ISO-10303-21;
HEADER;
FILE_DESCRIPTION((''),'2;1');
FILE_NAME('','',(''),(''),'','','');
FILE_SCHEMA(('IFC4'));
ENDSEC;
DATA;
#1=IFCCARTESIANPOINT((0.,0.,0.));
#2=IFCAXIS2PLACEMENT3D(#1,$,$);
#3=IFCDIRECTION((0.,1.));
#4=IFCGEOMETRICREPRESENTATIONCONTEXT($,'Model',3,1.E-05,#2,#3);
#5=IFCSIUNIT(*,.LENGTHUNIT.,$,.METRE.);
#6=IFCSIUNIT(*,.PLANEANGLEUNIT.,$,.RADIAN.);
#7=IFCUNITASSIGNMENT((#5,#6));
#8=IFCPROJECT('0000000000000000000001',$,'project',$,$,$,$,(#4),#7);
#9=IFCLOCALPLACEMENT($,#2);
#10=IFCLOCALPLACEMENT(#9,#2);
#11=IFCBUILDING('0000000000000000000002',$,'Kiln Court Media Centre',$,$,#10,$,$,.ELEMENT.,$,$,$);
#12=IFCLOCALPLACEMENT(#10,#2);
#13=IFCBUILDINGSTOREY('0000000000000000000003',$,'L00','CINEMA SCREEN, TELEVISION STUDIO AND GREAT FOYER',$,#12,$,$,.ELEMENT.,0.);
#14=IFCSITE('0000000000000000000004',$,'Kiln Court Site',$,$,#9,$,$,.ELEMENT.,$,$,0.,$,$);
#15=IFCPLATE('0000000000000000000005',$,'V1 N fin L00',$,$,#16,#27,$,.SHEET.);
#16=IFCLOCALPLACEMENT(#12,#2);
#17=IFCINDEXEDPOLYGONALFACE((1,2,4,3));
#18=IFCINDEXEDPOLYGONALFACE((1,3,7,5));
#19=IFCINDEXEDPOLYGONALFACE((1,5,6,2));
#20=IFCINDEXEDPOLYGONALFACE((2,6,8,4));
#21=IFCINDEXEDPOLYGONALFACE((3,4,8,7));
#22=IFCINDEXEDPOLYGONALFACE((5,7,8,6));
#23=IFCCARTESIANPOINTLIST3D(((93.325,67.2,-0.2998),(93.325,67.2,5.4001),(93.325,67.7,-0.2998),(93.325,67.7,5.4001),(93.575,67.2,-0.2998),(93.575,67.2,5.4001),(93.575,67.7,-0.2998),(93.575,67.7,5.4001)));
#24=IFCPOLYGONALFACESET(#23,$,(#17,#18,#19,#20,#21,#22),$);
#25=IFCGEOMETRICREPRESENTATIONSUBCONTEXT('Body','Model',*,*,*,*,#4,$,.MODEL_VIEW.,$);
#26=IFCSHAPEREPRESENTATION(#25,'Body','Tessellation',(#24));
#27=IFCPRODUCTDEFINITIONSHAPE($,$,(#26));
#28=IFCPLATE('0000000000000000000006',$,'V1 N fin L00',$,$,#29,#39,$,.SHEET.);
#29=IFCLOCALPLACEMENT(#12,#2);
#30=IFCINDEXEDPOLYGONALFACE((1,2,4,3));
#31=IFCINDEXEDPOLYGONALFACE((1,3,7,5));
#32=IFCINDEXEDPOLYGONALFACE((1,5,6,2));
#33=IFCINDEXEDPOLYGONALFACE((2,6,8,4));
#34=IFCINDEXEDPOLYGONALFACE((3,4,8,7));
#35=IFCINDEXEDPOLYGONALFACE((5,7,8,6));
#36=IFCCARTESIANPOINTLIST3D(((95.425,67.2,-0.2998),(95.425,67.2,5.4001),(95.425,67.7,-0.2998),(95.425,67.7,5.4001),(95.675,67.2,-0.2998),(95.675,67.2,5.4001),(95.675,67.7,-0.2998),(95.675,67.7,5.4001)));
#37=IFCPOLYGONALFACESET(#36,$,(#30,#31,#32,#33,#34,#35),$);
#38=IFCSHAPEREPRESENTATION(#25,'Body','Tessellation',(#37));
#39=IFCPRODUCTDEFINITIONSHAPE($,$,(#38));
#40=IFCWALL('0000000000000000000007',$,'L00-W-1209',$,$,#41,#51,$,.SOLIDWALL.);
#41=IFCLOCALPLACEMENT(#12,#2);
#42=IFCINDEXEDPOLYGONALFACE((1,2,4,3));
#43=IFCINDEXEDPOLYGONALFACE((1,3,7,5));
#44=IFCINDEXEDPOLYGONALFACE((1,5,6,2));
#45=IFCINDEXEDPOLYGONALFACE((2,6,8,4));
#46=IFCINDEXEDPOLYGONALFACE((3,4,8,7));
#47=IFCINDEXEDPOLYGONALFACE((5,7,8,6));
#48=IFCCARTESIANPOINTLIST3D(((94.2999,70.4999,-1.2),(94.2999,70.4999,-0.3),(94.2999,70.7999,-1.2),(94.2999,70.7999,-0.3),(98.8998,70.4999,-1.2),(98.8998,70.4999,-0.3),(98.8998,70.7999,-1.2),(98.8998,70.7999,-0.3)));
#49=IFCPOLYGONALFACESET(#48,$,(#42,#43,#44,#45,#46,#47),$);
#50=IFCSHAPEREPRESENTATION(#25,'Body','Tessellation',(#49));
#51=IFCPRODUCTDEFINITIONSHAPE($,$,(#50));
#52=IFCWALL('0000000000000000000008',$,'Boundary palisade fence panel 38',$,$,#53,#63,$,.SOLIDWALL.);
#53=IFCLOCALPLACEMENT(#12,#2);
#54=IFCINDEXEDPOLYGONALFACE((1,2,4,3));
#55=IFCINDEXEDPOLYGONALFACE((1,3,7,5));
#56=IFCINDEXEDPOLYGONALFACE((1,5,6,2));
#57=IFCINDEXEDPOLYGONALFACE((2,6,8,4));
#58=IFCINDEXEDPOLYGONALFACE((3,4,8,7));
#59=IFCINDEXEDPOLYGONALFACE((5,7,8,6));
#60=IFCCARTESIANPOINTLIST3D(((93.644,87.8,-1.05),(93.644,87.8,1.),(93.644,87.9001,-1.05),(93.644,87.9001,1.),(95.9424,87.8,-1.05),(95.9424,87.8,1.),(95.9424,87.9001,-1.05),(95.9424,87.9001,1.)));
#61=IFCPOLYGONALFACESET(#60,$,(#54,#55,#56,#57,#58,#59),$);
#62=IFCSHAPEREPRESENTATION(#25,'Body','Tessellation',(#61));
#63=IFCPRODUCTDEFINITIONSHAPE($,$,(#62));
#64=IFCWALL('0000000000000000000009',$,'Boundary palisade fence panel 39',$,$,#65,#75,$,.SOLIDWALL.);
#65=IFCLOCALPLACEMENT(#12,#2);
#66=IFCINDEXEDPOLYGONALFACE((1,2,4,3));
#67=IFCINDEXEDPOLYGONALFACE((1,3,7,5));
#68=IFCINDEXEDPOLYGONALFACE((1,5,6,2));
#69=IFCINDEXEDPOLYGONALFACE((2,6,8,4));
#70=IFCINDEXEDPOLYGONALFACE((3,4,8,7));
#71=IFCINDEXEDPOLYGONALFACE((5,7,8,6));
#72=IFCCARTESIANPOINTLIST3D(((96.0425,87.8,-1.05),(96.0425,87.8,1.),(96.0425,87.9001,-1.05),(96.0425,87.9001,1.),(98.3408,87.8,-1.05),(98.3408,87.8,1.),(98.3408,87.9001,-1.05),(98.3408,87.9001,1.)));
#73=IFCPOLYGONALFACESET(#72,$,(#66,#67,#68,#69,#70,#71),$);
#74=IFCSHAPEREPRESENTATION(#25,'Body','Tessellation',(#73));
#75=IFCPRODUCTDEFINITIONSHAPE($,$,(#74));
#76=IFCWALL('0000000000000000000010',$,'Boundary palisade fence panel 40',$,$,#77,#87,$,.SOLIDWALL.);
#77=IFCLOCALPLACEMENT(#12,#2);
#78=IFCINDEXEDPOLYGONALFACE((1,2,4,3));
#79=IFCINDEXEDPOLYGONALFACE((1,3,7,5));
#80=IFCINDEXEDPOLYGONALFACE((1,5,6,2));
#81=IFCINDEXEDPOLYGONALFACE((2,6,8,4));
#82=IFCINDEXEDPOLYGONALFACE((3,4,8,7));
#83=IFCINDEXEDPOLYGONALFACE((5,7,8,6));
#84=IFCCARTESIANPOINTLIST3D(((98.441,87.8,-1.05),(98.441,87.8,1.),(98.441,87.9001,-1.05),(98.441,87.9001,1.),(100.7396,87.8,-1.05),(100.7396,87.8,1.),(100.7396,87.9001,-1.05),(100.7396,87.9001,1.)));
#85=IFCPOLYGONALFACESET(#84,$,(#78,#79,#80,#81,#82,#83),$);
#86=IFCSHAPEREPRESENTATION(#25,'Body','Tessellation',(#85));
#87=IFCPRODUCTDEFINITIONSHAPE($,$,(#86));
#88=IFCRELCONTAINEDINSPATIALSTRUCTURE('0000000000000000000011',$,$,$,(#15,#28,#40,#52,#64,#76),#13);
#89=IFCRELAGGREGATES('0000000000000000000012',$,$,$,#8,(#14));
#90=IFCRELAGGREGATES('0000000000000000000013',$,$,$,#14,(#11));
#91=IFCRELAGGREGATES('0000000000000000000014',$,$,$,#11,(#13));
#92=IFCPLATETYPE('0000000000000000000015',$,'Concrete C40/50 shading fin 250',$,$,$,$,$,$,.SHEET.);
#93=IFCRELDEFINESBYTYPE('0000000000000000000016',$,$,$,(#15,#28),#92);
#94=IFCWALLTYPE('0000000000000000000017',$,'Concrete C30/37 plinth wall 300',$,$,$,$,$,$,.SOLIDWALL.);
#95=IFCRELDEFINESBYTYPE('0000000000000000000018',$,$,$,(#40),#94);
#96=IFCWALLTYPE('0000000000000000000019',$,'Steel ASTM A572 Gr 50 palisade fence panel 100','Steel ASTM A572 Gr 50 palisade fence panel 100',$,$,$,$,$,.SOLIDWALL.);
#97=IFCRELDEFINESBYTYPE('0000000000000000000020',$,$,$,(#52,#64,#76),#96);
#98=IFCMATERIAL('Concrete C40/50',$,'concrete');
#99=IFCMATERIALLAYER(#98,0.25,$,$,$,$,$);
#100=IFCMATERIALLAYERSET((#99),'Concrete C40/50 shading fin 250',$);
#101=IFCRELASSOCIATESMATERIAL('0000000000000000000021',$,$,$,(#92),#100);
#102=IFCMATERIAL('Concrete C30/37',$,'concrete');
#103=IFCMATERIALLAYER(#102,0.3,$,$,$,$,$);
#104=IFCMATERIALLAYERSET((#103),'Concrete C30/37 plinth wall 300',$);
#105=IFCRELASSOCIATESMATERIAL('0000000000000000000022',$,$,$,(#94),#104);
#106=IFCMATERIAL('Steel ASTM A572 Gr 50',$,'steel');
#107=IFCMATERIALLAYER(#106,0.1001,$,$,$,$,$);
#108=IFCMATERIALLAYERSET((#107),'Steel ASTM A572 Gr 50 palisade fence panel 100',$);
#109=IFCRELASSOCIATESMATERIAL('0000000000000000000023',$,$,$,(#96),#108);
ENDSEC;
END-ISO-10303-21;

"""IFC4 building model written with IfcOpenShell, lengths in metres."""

from ifc_helpers import new_model, si_unit, direction, frame, frame_2d, origin, origin_2d, place, context, subcontext, project, spatial, rectangle, extrude, material, layer, layer_set, type_object, element, save


model = new_model("IFC4")

# Units and contexts
model_context = context("Model", 3, precision=1e-05, world=origin(), true_north=direction((0.0, 1.0)))
body_context = subcontext(model_context, "Body", "Model", "MODEL_VIEW")
ifc_project = project(units=[si_unit("LENGTHUNIT", "METRE"), si_unit("PLANEANGLEUNIT", "RADIAN")], contexts=[model_context])

# Site, building, storey
site_placement = place(None, origin())
site = spatial("IfcSite", under=ifc_project, at=site_placement, Name="Kiln Court Site", CompositionType="ELEMENT", RefElevation=0.0)
building_placement = place(site_placement, origin())
building = spatial("IfcBuilding", under=site, at=building_placement, Name="Kiln Court Media Centre", CompositionType="ELEMENT")
storey_placement = place(building_placement, origin())
storey = spatial("IfcBuildingStorey", under=building, at=storey_placement, Name="L00", Description="CINEMA SCREEN, TELEVISION STUDIO AND GREAT FOYER", CompositionType="ELEMENT", Elevation=0.0)

# Plates
ifc_material_1 = material(Name="Concrete C40/50", Category="concrete")
ifc_layer_1 = layer(ifc_material_1, 0.25)
ifc_layer_set_1 = layer_set([ifc_layer_1], Name="Concrete C40/50 shading fin 250")
plate_type = type_object("IfcPlateType", Name="Concrete C40/50 shading fin 250", PredefinedType="SHEET", material=ifc_layer_set_1)
for number, where, z_axis, x_axis, name in (
    (1, (93.45, 67.45, -0.2998), (0.0, 0.0, 1.0), (1.0, 0.0, 0.0), "V1 N fin L00"),
    (2, (95.55, 67.45, -0.2998), (0.0, 0.0, 1.0), (1.0, 0.0, 0.0), "V1 N fin L00"),
):
    element("IfcPlate", number, at=place(storey_placement, frame(where, z_axis=z_axis, x_axis=x_axis)), inside=storey, type_object=plate_type, Name=name, PredefinedType="SHEET", context=body_context, shape_type="SweptSolid", body=[
        extrude(rectangle(XDim=0.25, YDim=0.5, at=origin_2d()), origin(), (0.0, 0.0, 1.0), 5.7),
    ])

# Walls
ifc_material_2 = material(Name="Concrete C30/37", Category="concrete")
ifc_layer_2 = layer(ifc_material_2, 0.3)
ifc_layer_set_2 = layer_set([ifc_layer_2], Name="Concrete C30/37 plinth wall 300")
wall_type_1 = type_object("IfcWallType", Name="Concrete C30/37 plinth wall 300", PredefinedType="SOLIDWALL", material=ifc_layer_set_2)
wall_1_placement = place(storey_placement, frame((94.3, 70.6499, -1.2), z_axis=(0.0, 0.0, 1.0), x_axis=(1.0, 0.0, 0.0)))
element("IfcWall", 3, at=wall_1_placement, inside=storey, type_object=wall_type_1, Name="L00-W-1209", PredefinedType="SOLIDWALL", context=body_context, shape_type="SweptSolid", body=[
    extrude(rectangle(XDim=4.5999, YDim=0.3, at=frame_2d((2.2998, 0.0))), origin(), (0.0, 0.0, 1.0), 0.8999),
])
ifc_material_3 = material(Name="Steel ASTM A572 Gr 50", Category="steel")
ifc_layer_3 = layer(ifc_material_3, 0.1001)
ifc_layer_set_3 = layer_set([ifc_layer_3], Name="Steel ASTM A572 Gr 50 palisade fence panel 100")
wall_type_2 = type_object("IfcWallType", Name="Steel ASTM A572 Gr 50 palisade fence panel 100", Description="Steel ASTM A572 Gr 50 palisade fence panel 100", PredefinedType="SOLIDWALL", material=ifc_layer_set_3)
for number, where, z_axis, x_axis, name in (
    (4, (93.644, 87.8501, -1.05), (0.0, 0.0, 1.0), (1.0, 0.0, 0.0), "Boundary palisade fence panel 38"),
    (5, (96.0425, 87.8501, -1.05), (0.0, 0.0, 1.0), (1.0, 0.0, 0.0), "Boundary palisade fence panel 39"),
):
    element("IfcWall", number, at=place(storey_placement, frame(where, z_axis=z_axis, x_axis=x_axis)), inside=storey, type_object=wall_type_2, Name=name, PredefinedType="SOLIDWALL", context=body_context, shape_type="SweptSolid", body=[
        extrude(rectangle(XDim=2.2983, YDim=0.1001, at=frame_2d((1.1492, 0.0))), origin(), (0.0, 0.0, 1.0), 2.05),
    ])
wall_2_placement = place(storey_placement, frame((98.4409, 87.8501, -1.05), z_axis=(0.0, 0.0, 1.0), x_axis=(1.0, 0.0, 0.0)))
element("IfcWall", 6, at=wall_2_placement, inside=storey, type_object=wall_type_2, Name="Boundary palisade fence panel 40", PredefinedType="SOLIDWALL", context=body_context, shape_type="SweptSolid", body=[
    extrude(rectangle(XDim=2.2986, YDim=0.1001, at=frame_2d((1.1494, 0.0))), origin(), (0.0, 0.0, 1.0), 2.05),
])

save(model, "model.ifc")
